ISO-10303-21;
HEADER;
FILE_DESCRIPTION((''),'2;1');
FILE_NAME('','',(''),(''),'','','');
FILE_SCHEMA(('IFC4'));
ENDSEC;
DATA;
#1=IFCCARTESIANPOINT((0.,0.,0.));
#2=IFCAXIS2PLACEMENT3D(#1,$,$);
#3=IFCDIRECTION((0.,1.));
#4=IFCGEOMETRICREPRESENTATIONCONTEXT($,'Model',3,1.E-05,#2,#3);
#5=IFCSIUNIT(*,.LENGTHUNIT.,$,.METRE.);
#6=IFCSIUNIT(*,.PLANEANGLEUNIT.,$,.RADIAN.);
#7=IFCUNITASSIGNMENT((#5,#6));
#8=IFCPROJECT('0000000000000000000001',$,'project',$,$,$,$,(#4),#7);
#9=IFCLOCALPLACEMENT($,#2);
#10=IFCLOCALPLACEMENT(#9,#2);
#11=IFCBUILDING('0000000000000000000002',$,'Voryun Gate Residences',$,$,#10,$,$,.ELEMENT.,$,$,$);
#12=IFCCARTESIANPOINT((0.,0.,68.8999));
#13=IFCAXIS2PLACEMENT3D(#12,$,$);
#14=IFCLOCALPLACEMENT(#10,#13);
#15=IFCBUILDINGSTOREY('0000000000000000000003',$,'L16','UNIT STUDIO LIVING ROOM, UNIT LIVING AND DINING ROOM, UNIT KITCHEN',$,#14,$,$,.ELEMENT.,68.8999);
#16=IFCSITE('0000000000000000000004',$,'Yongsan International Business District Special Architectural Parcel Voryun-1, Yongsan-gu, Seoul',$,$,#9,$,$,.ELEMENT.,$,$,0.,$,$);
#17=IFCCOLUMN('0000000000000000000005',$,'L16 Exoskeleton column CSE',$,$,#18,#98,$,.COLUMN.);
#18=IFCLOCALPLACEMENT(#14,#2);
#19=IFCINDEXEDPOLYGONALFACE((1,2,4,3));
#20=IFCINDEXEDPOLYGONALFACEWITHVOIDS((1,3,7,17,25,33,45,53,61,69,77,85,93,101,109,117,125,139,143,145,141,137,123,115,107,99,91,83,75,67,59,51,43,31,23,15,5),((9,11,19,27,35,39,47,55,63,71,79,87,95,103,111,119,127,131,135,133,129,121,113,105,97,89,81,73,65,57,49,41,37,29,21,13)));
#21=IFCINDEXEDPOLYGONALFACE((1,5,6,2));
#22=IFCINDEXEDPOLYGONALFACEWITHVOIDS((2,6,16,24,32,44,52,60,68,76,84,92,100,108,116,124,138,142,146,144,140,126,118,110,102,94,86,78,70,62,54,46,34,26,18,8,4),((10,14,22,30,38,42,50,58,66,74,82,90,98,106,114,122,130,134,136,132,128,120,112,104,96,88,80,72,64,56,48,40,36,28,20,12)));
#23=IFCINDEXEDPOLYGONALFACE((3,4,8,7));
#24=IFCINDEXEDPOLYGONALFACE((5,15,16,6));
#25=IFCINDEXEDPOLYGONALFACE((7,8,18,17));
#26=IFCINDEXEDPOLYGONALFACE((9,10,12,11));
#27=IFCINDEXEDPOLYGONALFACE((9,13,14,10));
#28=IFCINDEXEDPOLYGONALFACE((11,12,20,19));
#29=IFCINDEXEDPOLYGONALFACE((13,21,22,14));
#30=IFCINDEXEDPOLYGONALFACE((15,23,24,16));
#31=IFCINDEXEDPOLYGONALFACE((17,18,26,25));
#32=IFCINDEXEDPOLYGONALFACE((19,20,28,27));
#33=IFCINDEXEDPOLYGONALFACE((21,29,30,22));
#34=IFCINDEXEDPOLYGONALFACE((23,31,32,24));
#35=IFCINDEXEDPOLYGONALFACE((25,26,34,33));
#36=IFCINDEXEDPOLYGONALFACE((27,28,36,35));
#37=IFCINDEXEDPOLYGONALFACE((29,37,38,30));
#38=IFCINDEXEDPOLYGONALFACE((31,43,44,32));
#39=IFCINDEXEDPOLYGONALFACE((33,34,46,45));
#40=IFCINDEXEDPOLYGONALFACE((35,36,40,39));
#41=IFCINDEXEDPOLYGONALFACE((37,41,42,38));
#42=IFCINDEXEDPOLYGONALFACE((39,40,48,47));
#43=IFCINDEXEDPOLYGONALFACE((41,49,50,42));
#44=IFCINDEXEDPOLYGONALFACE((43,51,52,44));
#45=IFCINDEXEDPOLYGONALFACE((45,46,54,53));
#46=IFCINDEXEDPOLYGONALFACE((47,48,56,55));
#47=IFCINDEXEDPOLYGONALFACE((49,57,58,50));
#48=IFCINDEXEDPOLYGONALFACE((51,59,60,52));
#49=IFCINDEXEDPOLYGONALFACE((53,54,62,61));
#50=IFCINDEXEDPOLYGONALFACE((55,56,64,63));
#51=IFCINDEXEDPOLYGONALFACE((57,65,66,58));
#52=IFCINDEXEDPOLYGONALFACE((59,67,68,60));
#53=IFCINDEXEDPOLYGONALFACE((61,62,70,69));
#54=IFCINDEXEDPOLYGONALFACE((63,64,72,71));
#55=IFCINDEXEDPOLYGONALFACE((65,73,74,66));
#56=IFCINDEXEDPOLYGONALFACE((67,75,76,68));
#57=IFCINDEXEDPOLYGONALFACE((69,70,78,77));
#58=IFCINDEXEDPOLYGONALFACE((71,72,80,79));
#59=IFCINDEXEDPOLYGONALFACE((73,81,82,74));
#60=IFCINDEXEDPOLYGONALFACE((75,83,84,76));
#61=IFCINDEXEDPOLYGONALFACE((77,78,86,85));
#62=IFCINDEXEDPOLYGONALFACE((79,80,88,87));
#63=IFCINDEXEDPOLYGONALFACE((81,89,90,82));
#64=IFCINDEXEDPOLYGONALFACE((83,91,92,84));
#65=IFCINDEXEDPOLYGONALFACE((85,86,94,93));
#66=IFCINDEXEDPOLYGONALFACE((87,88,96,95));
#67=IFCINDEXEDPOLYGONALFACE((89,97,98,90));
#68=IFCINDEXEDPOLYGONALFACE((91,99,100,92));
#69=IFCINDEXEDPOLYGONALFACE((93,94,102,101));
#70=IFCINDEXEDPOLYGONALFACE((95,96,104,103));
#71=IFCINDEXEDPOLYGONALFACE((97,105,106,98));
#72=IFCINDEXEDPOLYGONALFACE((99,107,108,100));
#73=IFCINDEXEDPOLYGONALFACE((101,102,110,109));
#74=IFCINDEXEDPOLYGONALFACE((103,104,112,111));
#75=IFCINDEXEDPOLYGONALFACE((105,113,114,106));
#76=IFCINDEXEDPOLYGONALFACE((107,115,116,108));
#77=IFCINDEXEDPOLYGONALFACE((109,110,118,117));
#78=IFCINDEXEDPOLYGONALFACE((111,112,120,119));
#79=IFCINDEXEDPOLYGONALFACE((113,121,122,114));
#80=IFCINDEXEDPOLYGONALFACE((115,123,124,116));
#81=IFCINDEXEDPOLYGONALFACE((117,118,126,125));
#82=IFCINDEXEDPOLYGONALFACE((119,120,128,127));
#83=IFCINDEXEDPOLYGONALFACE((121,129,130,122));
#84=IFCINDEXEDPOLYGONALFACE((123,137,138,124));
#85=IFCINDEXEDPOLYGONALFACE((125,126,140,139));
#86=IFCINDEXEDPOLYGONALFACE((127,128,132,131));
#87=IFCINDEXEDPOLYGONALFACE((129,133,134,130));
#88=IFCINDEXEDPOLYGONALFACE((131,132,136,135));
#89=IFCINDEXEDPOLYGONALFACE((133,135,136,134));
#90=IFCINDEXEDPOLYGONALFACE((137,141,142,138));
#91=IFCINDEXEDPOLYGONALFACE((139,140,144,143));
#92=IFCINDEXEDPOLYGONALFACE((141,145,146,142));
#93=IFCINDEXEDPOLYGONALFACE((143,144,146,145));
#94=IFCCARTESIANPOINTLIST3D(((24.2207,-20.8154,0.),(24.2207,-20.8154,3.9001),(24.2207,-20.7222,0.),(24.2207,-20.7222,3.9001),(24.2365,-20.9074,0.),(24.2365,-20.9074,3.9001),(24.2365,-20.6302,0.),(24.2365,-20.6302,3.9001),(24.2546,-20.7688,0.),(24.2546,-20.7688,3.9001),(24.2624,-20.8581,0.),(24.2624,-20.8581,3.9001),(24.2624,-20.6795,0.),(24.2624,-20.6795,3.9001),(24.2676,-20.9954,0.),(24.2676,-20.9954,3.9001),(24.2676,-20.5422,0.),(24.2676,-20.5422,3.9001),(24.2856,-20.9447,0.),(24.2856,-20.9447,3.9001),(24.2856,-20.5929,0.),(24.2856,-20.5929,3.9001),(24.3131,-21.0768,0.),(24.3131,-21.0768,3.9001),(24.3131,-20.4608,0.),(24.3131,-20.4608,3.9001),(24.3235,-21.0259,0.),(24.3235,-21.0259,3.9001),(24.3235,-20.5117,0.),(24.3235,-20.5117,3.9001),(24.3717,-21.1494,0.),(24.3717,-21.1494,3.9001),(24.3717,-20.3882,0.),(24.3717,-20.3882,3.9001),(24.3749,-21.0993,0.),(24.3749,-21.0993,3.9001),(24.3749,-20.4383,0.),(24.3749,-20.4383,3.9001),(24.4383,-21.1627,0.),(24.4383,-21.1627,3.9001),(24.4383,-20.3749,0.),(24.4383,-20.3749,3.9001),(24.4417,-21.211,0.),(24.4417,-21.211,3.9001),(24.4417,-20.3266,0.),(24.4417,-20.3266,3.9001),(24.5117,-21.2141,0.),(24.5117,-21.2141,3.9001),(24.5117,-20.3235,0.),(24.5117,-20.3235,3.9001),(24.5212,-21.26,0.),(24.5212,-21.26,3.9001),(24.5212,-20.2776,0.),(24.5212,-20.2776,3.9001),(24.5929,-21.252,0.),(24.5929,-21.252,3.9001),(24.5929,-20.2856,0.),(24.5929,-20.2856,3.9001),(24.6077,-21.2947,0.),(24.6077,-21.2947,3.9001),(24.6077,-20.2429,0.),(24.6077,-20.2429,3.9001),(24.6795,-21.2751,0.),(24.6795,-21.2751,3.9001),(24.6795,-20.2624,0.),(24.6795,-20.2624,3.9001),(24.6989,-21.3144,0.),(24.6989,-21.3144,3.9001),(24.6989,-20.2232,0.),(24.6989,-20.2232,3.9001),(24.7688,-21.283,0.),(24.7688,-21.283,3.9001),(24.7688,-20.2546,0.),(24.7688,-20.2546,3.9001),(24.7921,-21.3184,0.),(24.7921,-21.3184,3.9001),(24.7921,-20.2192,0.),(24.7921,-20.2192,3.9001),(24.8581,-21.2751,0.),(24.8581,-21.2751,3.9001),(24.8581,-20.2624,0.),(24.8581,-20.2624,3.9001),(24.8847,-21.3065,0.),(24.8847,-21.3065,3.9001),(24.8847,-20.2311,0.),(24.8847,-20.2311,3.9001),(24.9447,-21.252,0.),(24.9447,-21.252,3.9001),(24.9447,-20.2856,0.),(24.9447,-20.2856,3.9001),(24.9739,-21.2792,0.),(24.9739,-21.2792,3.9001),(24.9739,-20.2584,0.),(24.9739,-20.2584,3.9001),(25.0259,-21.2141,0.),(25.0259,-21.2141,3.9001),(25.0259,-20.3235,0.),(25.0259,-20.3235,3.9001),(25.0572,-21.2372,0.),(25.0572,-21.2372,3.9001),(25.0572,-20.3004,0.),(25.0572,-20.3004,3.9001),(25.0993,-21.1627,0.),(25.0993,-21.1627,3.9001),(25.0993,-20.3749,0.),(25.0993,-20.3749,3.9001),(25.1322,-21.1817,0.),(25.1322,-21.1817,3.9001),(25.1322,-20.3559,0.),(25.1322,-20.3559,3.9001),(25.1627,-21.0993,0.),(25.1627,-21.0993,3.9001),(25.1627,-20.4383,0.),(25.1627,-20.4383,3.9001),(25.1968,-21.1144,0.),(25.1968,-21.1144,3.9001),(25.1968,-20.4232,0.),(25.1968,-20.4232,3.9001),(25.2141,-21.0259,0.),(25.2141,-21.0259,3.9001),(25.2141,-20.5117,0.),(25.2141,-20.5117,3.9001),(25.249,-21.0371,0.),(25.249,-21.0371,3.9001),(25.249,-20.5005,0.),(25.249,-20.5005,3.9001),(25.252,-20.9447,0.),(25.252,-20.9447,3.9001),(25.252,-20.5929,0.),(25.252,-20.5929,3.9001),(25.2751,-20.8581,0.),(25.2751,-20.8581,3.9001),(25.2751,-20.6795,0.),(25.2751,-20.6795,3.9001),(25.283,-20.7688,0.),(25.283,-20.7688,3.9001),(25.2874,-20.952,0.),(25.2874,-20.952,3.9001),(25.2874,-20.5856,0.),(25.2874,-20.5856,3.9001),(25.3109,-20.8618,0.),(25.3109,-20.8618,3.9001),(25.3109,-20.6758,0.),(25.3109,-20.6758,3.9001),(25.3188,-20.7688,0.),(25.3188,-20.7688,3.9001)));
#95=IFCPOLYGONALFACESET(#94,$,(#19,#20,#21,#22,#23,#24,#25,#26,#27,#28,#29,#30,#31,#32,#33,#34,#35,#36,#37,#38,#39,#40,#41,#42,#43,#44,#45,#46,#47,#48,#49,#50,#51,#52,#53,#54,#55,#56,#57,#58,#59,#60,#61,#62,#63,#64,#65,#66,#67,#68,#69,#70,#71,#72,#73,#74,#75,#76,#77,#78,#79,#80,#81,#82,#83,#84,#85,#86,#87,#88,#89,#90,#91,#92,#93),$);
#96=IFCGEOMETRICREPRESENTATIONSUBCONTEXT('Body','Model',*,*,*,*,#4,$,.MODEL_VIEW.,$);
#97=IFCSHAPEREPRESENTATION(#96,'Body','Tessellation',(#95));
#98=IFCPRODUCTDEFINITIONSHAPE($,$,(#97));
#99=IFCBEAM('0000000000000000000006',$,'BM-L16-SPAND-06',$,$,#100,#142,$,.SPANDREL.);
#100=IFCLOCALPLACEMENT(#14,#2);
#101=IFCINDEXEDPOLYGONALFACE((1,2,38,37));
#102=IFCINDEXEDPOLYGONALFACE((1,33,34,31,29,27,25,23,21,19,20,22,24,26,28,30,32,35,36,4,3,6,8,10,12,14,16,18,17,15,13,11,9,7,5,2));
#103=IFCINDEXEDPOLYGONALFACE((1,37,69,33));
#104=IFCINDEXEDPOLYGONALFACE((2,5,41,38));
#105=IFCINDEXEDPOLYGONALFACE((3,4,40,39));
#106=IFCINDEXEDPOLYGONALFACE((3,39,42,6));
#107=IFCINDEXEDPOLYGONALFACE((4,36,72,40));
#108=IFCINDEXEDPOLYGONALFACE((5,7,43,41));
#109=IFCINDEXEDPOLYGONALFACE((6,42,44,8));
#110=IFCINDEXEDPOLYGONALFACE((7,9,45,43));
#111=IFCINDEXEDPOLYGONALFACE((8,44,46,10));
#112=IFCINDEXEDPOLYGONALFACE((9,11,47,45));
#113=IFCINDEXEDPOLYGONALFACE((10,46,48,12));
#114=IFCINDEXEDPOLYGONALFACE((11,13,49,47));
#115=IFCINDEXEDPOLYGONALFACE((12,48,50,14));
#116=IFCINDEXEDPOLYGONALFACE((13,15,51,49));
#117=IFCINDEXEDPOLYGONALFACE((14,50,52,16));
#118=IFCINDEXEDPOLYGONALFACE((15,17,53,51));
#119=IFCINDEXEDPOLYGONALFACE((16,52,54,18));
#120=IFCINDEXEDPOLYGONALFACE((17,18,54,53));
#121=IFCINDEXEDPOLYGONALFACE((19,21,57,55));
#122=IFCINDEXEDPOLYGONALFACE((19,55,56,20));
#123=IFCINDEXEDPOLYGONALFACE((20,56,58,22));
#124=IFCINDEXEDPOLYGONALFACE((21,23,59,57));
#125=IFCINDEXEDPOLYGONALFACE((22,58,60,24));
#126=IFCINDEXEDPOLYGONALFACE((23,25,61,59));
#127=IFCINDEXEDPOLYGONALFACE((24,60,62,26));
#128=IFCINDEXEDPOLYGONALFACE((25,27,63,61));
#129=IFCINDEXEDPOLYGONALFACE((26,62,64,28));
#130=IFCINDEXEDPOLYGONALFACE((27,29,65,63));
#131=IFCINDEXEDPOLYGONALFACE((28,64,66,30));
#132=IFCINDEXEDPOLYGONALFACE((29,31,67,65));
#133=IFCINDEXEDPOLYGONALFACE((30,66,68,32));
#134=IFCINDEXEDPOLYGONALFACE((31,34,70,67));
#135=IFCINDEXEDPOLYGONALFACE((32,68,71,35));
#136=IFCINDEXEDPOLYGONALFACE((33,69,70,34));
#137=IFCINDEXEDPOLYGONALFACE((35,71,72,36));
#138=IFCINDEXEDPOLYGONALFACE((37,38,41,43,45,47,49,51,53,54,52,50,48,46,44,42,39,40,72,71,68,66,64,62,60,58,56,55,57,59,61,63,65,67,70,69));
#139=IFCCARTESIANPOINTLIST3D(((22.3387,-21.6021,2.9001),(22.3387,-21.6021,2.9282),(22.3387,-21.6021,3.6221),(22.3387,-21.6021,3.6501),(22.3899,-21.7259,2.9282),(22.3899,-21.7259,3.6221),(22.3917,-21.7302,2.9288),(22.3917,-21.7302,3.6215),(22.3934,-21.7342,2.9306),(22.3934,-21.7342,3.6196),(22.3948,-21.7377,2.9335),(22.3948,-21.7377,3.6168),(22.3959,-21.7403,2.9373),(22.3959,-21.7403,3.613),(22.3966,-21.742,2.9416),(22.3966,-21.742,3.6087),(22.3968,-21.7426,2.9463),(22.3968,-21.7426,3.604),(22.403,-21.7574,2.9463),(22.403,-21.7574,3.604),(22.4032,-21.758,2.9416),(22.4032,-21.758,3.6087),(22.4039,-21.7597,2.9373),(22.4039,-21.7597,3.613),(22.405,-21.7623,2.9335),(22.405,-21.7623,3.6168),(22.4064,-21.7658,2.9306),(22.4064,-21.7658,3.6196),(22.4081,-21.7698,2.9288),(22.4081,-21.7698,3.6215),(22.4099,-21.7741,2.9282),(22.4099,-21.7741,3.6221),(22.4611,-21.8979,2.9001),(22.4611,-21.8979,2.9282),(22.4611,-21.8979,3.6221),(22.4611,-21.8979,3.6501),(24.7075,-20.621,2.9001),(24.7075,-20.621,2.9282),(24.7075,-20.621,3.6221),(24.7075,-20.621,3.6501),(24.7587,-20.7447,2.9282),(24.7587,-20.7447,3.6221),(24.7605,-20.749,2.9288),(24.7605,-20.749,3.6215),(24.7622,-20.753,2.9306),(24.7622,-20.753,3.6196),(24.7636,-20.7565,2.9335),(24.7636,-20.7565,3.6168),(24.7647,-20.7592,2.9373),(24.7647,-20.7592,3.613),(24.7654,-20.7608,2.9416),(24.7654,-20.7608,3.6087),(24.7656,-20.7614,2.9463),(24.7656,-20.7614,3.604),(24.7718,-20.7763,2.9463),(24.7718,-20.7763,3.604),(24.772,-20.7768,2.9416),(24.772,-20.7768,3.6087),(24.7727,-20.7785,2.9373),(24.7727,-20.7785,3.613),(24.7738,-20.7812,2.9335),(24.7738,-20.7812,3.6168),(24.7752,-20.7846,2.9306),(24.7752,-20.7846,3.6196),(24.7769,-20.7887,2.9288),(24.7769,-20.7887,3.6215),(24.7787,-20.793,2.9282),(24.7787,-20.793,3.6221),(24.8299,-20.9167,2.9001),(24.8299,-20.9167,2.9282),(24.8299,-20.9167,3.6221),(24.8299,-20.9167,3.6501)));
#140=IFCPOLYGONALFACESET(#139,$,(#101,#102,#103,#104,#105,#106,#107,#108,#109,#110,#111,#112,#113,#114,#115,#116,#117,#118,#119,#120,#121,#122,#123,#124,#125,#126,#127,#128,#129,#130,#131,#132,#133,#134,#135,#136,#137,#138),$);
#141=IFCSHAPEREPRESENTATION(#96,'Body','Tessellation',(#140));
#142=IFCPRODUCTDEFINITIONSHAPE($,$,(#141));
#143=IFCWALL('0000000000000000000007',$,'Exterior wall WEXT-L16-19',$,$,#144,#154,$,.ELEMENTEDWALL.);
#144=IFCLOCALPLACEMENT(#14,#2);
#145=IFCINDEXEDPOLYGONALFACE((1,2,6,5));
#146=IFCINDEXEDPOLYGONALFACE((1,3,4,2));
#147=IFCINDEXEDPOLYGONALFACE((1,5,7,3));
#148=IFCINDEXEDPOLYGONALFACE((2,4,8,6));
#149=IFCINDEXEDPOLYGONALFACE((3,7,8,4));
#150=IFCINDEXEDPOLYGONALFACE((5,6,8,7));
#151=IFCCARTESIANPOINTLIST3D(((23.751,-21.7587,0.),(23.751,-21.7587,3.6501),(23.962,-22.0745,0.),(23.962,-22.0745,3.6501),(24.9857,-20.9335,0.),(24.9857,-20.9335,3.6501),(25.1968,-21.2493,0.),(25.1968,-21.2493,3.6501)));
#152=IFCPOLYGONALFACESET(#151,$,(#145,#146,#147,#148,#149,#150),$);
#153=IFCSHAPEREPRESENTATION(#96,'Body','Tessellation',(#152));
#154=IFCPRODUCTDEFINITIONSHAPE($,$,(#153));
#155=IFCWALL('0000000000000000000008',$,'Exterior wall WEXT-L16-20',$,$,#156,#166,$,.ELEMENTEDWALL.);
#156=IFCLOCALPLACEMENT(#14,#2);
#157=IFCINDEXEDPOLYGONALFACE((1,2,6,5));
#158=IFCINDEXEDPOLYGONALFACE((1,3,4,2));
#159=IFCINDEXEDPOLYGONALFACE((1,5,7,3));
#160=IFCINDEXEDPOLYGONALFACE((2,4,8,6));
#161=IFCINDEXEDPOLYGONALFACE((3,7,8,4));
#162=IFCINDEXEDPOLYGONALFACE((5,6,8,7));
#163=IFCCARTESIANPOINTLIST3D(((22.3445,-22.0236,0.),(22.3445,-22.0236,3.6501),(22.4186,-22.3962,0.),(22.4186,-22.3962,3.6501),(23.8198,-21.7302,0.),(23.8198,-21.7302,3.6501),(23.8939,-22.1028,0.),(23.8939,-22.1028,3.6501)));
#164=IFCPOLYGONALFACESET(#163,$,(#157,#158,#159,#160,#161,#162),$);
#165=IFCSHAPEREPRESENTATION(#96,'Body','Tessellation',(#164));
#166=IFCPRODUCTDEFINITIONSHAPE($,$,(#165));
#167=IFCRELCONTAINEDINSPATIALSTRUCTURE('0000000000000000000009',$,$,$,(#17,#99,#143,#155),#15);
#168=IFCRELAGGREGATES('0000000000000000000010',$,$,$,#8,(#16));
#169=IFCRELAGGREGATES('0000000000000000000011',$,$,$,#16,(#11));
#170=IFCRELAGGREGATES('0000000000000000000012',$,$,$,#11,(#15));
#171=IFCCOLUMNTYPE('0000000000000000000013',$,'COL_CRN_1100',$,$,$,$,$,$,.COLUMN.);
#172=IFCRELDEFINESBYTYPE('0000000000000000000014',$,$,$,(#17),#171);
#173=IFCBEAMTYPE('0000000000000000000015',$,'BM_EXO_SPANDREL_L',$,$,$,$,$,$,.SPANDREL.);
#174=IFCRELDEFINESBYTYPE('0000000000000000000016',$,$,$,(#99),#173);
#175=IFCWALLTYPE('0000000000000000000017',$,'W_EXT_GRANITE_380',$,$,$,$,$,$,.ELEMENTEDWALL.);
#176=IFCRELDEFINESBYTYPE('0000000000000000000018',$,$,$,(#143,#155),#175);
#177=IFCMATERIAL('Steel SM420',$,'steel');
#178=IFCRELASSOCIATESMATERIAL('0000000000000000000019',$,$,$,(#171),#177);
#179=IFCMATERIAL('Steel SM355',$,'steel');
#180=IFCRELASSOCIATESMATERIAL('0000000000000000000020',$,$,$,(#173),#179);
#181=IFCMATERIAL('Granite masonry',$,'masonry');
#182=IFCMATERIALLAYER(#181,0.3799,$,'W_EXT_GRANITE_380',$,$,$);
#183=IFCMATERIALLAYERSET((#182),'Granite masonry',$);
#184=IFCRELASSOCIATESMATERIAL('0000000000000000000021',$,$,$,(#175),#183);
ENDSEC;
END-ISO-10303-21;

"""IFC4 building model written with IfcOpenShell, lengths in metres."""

from ifc_helpers import new_model, si_unit, direction, frame, frame_2d, origin, origin_2d, place, context, subcontext, project, spatial, rectangle, hollow_circle, i_section, extrude, material, layer, layer_set, material_profile, profile_set, type_object, element, save


model = new_model("IFC4")

# Units and contexts
model_context = context("Model", 3, precision=1e-05, world=origin(), true_north=direction((0.0, 1.0)))
body_context = subcontext(model_context, "Body", "Model", "MODEL_VIEW")
ifc_project = project(units=[si_unit("LENGTHUNIT", "METRE"), si_unit("PLANEANGLEUNIT", "RADIAN")], contexts=[model_context])

# Site, building, storey
site_placement = place(None, origin())
site = spatial("IfcSite", under=ifc_project, at=site_placement, Name="Yongsan International Business District Special Architectural Parcel Voryun-1, Yongsan-gu, Seoul", CompositionType="ELEMENT", RefElevation=0.0)
building_placement = place(site_placement, origin())
building = spatial("IfcBuilding", under=site, at=building_placement, Name="Voryun Gate Residences", CompositionType="ELEMENT")
storey_placement = place(building_placement, frame((0.0, 0.0, 68.8999)))
storey = spatial("IfcBuildingStorey", under=building, at=storey_placement, Name="L16", Description="UNIT STUDIO LIVING ROOM, UNIT LIVING AND DINING ROOM, UNIT KITCHEN", CompositionType="ELEMENT", Elevation=68.8999)

# Column
ifc_material_1 = material(Name="Steel SM420", Category="steel")
ifc_material_profile_1 = material_profile(ifc_material_1, hollow_circle(Radius=0.55, WallThickness=0.0359, at=origin_2d()), Name="CHS-1100x36")
ifc_profile_set_1 = profile_set([ifc_material_profile_1], Name="Steel SM420")
column_type = type_object("IfcColumnType", Name="COL_CRN_1100", PredefinedType="COLUMN", material=ifc_profile_set_1)
column_placement = place(storey_placement, frame((24.7688, -20.7688, 0.0), z_axis=(0.0, 0.0, 1.0), x_axis=(1.0, 0.0, 0.0)))
element("IfcColumn", 1, at=column_placement, inside=storey, type_object=column_type, Name="L16 Exoskeleton column CSE", PredefinedType="COLUMN", context=body_context, shape_type="SweptSolid", body=[
    extrude(hollow_circle(Radius=0.55, WallThickness=0.0359, at=origin_2d()), origin(), (0.0, 0.0, 1.0), 3.9001),
])

# Beam
ifc_material_2 = material(Name="Steel SM355", Category="steel")
ifc_material_profile_2 = material_profile(ifc_material_2, i_section(OverallWidth=0.3201, OverallDepth=0.75, WebThickness=0.0161, FlangeThickness=0.0281, FilletRadius=0.0181, at=origin_2d()), Name="H-750x320x16x28")
ifc_profile_set_2 = profile_set([ifc_material_profile_2], Name="Steel SM355")
beam_type = type_object("IfcBeamType", Name="BM_EXO_SPANDREL_L", PredefinedType="SPANDREL", material=ifc_profile_set_2)
beam_placement = place(storey_placement, frame((22.3999, -21.75, 3.2751), z_axis=(0.923883, 0.382674, 0.0), x_axis=(-0.382674, 0.923883, 0.0)))
element("IfcBeam", 2, at=beam_placement, inside=storey, type_object=beam_type, Name="BM-L16-SPAND-06", PredefinedType="SPANDREL", context=body_context, shape_type="SweptSolid", body=[
    extrude(i_section(OverallWidth=0.3201, OverallDepth=0.75, WebThickness=0.0161, FlangeThickness=0.0281, FilletRadius=0.0181, at=origin_2d()), origin(), (0.0, 0.0, 1.0), 2.564),
])

# Walls
ifc_material_3 = material(Name="Granite masonry", Category="masonry")
ifc_layer_1 = layer(ifc_material_3, 0.3799, Name="W_EXT_GRANITE_380")
ifc_layer_set_1 = layer_set([ifc_layer_1], Name="Granite masonry")
wall_type_1 = type_object("IfcWallType", Name="W_EXT_GRANITE_380", PredefinedType="ELEMENTEDWALL", material=ifc_layer_set_1)
wall_1_placement = place(storey_placement, frame((25.0913, -21.0913, 0.0), z_axis=(0.0, 0.0, 1.0), x_axis=(-0.831392, -0.555686, 0.0)))
element("IfcWall", 3, at=wall_1_placement, inside=storey, type_object=wall_type_1, Name="Exterior wall WEXT-L16-19", PredefinedType="ELEMENTEDWALL", context=body_context, shape_type="SweptSolid", body=[
    extrude(rectangle(XDim=1.4851, YDim=0.3799, at=frame_2d((0.7427, 0.0))), origin(), (0.0, 0.0, 1.0), 3.6501),
])
wall_2_placement = place(storey_placement, frame((23.8567, -21.9165, 0.0), z_axis=(0.0, 0.0, 1.0), x_axis=(-0.980786, -0.195086, 0.0)))
element("IfcWall", 4, at=wall_2_placement, inside=storey, type_object=wall_type_1, Name="Exterior wall WEXT-L16-20", PredefinedType="ELEMENTEDWALL", context=body_context, shape_type="SweptSolid", body=[
    extrude(rectangle(XDim=1.5042, YDim=0.3799, at=frame_2d((0.752, 0.0))), origin(), (0.0, 0.0, 1.0), 3.6501),
])

save(model, "model.ifc")
